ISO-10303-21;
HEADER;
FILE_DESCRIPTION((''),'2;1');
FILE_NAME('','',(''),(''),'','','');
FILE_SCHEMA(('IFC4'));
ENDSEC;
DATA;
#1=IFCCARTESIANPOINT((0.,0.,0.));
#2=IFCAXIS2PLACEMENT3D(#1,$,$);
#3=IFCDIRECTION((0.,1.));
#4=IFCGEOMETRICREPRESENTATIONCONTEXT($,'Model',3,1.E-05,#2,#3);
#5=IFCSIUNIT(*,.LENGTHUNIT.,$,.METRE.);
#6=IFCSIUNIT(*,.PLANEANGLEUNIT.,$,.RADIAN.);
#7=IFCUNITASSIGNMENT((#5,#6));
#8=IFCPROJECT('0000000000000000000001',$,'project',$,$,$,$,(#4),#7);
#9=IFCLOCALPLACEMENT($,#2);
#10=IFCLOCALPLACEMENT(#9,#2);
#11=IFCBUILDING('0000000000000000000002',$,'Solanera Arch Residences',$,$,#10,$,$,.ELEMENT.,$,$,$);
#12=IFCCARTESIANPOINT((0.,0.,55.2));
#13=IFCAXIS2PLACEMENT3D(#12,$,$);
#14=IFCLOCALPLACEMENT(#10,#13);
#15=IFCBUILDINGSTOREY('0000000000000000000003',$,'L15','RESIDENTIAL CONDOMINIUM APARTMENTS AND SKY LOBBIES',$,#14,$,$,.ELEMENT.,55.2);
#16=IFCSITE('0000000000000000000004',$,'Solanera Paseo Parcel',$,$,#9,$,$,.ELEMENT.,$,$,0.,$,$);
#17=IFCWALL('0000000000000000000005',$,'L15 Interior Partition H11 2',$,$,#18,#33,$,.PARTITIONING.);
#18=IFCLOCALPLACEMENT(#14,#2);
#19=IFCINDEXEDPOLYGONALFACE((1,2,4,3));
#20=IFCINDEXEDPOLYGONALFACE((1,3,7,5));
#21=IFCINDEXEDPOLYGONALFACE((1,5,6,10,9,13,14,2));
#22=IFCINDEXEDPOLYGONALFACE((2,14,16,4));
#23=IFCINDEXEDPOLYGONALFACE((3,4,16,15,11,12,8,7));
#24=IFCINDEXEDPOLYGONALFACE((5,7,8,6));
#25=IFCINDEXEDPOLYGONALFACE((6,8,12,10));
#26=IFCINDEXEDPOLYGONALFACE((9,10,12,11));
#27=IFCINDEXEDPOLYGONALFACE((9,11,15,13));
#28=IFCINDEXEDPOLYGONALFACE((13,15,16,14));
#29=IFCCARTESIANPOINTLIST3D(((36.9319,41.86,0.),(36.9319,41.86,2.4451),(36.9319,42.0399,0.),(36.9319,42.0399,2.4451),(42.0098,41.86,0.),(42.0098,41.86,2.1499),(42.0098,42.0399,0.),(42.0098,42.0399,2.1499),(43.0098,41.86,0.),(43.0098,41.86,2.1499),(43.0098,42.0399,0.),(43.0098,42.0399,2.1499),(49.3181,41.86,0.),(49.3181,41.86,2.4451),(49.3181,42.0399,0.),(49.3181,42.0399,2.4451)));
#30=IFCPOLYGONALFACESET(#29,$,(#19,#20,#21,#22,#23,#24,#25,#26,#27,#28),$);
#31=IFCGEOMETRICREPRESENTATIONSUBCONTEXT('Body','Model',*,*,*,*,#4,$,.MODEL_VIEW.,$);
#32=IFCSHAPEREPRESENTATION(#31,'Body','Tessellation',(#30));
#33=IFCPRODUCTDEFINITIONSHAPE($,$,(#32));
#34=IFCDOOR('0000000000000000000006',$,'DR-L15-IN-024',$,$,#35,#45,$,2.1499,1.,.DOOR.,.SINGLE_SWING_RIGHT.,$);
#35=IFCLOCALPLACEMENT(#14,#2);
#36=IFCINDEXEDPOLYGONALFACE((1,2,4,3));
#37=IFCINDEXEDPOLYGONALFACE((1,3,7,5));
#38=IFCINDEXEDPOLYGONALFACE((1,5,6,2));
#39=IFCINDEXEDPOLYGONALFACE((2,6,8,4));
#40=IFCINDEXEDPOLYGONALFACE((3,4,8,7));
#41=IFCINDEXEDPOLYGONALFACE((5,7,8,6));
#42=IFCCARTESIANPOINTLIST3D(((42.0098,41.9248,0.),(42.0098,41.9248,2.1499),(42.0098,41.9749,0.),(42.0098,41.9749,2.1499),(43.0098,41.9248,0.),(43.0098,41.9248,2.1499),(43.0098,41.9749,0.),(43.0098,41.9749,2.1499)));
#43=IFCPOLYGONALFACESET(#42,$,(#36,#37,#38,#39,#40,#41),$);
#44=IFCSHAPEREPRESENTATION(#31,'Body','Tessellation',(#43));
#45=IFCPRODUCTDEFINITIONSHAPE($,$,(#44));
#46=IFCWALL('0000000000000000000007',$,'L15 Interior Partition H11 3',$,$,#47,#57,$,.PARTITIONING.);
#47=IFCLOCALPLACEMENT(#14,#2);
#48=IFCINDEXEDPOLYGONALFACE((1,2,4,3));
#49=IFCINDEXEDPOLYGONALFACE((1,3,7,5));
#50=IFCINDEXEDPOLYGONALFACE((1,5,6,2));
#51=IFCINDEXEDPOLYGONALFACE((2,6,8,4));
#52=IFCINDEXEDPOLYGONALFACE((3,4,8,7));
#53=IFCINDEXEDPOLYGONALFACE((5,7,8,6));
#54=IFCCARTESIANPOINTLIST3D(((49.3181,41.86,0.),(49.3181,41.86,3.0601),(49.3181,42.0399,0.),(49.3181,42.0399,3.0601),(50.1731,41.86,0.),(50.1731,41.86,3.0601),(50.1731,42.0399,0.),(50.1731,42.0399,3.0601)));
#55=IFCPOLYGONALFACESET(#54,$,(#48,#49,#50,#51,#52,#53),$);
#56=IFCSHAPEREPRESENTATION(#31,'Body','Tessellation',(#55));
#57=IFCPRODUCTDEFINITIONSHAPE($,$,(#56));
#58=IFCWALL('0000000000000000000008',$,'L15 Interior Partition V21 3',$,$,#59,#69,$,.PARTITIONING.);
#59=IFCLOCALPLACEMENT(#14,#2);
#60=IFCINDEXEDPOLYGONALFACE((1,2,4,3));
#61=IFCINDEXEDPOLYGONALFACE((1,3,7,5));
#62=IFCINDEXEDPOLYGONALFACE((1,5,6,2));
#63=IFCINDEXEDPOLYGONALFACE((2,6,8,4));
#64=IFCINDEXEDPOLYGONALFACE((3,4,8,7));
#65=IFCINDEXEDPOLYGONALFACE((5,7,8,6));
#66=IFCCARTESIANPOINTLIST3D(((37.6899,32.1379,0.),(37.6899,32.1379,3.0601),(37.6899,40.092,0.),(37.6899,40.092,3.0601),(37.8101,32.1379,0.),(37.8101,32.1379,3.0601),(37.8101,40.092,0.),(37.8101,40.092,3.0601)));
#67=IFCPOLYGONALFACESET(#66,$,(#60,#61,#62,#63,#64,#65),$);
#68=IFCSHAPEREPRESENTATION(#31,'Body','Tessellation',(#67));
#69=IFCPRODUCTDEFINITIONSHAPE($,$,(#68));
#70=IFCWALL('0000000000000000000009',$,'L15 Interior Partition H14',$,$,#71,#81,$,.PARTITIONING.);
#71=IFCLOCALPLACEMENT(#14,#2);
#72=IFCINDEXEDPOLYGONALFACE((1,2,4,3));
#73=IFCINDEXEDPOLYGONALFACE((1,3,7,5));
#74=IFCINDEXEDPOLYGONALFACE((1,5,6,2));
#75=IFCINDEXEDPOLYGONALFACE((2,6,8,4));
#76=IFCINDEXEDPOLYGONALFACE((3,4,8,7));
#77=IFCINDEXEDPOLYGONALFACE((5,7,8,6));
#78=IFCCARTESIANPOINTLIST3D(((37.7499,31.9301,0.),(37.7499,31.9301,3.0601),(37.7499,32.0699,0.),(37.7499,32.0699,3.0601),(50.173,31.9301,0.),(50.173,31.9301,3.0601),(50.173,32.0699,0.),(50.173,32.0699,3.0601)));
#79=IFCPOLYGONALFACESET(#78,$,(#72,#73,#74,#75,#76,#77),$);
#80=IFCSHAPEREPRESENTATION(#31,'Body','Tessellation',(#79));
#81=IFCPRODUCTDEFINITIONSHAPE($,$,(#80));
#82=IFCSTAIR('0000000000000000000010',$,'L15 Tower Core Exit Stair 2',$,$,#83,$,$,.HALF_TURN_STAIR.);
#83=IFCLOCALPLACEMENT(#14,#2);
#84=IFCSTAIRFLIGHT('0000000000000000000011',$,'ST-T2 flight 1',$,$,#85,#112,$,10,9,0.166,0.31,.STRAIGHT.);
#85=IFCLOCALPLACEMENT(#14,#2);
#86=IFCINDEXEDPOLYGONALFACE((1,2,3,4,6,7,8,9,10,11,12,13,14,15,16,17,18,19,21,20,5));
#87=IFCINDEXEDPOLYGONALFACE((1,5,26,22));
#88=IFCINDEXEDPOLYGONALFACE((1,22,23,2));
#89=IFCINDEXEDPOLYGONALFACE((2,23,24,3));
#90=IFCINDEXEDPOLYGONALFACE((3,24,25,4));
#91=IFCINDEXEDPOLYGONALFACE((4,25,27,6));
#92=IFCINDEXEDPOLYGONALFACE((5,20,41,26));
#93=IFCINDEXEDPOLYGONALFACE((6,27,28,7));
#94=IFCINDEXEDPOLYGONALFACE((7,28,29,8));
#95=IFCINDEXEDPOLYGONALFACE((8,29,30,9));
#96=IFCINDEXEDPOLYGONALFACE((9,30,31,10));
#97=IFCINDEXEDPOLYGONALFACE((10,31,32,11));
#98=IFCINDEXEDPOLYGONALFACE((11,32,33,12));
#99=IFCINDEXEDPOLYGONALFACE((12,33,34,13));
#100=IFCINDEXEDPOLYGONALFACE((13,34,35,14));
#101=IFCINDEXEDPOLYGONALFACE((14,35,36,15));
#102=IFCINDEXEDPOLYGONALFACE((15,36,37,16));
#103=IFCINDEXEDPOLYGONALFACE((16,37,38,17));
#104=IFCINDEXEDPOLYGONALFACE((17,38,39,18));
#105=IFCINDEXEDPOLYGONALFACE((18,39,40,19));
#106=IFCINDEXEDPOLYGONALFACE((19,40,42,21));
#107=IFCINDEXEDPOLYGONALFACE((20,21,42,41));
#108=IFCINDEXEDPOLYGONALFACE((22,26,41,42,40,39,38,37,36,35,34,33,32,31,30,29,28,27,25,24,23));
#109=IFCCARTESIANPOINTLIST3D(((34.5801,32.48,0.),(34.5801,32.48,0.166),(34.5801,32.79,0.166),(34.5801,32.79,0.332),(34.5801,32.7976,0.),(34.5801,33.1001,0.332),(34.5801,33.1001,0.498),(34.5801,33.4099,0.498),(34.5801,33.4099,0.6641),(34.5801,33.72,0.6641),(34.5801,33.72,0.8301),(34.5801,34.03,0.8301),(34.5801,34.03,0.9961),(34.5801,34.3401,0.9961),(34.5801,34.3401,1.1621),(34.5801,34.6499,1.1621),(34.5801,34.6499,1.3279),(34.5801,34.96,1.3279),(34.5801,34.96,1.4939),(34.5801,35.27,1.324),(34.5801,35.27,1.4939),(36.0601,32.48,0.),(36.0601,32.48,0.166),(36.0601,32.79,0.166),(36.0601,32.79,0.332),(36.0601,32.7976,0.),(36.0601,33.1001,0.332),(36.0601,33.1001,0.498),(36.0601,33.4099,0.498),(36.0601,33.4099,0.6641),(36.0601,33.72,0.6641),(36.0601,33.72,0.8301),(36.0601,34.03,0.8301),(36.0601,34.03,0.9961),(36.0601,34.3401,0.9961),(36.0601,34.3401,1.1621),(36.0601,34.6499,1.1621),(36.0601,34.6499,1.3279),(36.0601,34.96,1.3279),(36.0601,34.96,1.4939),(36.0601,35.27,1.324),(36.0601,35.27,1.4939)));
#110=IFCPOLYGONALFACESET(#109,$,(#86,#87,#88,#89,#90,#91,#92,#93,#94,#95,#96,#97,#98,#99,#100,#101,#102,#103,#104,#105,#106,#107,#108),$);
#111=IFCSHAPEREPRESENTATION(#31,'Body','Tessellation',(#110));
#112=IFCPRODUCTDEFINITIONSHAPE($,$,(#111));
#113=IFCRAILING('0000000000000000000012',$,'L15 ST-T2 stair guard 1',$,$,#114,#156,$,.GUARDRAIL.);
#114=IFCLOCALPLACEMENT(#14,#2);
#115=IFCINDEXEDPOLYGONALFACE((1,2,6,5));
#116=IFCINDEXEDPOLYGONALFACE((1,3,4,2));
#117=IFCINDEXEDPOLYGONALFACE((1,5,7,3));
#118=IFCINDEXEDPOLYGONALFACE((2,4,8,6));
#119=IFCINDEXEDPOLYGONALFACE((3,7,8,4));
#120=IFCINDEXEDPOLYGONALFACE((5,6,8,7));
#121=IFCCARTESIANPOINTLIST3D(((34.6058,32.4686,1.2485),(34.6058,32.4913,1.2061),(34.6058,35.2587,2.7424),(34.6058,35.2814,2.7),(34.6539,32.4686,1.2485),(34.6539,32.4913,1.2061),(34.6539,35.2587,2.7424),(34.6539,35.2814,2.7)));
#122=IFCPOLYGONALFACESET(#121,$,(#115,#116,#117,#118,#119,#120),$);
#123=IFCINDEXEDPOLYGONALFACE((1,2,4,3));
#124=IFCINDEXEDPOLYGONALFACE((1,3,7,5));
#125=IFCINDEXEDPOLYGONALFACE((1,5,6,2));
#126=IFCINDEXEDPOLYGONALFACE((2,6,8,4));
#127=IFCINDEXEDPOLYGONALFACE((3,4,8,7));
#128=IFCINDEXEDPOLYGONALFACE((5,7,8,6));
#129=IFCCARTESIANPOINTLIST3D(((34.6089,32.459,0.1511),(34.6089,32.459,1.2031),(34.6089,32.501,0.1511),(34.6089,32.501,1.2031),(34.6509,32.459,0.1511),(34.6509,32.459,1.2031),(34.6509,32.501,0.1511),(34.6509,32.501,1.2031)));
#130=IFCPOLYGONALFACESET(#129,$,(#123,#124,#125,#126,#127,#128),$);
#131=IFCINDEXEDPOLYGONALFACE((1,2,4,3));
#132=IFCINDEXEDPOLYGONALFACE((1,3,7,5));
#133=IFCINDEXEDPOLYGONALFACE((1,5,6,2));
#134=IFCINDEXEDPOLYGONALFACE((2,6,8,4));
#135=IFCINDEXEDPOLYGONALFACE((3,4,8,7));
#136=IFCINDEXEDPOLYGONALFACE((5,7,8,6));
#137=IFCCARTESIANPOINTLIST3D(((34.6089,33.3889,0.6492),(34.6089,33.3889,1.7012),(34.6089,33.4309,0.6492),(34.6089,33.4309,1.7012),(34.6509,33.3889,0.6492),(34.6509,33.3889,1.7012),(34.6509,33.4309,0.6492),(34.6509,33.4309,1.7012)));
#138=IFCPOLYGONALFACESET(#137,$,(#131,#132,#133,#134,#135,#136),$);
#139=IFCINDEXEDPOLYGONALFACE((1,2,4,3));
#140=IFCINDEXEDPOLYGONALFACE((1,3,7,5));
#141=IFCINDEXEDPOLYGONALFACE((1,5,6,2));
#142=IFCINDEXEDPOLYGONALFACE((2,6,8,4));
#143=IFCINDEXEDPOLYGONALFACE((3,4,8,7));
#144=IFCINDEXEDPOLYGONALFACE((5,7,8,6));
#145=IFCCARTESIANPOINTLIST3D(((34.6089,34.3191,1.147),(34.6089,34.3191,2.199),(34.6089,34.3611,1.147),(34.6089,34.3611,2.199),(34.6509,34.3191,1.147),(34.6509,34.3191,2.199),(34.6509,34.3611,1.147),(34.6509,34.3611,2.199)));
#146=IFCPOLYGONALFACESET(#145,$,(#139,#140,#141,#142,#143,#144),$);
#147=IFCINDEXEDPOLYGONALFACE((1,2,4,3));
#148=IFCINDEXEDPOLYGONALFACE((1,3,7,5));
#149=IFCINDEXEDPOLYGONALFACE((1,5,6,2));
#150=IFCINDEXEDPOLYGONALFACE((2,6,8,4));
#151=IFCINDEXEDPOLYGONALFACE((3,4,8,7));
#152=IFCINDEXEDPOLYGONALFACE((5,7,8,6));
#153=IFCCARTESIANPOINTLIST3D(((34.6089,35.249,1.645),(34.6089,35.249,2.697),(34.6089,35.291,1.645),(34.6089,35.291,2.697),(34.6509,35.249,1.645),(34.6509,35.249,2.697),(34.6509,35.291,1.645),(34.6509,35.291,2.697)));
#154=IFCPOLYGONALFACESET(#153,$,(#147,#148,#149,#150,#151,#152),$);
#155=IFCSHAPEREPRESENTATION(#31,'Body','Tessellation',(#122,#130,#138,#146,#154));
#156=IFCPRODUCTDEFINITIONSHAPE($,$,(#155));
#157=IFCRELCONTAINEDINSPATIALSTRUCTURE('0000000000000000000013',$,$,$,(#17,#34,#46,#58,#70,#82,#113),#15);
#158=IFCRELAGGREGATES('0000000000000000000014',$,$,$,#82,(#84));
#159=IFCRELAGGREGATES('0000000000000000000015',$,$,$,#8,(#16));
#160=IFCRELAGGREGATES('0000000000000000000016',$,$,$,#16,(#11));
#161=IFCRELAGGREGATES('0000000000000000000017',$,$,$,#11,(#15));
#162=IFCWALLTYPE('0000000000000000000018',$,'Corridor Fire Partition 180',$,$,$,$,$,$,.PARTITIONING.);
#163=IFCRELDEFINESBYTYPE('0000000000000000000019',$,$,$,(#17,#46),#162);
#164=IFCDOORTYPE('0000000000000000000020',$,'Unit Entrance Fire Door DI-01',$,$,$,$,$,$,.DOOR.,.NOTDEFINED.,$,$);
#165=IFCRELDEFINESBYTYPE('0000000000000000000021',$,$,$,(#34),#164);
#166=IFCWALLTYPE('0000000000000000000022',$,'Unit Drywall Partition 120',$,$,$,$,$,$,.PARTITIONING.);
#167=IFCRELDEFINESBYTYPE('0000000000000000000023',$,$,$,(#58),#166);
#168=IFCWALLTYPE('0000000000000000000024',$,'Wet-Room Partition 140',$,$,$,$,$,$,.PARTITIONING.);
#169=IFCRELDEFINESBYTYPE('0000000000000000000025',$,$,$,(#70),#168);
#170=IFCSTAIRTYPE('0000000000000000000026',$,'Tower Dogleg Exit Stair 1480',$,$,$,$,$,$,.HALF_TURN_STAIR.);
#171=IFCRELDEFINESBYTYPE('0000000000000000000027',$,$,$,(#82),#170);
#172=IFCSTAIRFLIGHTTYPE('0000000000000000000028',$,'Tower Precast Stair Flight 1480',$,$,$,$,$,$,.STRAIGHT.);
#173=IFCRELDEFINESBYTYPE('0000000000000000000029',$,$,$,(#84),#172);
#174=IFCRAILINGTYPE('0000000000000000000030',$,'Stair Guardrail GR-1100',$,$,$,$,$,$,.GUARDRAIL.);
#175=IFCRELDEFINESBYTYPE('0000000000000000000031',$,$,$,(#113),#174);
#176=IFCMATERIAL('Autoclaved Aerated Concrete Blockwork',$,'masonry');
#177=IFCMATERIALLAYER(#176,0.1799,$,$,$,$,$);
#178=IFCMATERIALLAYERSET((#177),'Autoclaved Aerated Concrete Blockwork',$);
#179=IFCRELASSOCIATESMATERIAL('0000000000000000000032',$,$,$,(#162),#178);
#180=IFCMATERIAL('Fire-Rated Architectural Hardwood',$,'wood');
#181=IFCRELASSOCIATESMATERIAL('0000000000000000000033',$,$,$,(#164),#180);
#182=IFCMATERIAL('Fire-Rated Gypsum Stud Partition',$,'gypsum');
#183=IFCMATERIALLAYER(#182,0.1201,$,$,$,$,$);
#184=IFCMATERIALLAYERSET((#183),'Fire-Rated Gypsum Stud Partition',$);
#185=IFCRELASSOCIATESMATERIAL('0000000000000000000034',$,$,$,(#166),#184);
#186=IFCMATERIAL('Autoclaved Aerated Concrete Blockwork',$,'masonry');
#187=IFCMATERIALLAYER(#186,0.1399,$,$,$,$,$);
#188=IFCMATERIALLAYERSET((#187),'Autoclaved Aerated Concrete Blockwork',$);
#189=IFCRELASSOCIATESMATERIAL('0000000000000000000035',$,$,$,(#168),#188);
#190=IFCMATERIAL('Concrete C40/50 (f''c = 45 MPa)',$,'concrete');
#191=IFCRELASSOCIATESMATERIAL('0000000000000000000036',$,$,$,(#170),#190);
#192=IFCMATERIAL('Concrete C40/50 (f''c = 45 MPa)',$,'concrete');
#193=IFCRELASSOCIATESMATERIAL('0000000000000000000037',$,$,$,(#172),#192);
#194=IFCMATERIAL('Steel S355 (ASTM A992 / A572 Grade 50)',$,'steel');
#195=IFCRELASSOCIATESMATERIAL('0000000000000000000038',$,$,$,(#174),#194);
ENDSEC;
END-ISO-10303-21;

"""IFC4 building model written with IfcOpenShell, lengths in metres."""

from ifc_helpers import new_model, si_unit, direction, frame, frame_2d, origin, origin_2d, place, context, subcontext, project, spatial, polyline, rectangle, outline, extrude, material, layer, layer_set, type_object, element, fill, aggregate, save


model = new_model("IFC4")

# Units and contexts
model_context = context("Model", 3, precision=1e-05, world=origin(), true_north=direction((0.0, 1.0)))
body_context = subcontext(model_context, "Body", "Model", "MODEL_VIEW")
ifc_project = project(units=[si_unit("LENGTHUNIT", "METRE"), si_unit("PLANEANGLEUNIT", "RADIAN")], contexts=[model_context])

# Site, building, storey
site_placement = place(None, origin())
site = spatial("IfcSite", under=ifc_project, at=site_placement, Name="Solanera Paseo Parcel", CompositionType="ELEMENT", RefElevation=0.0)
building_placement = place(site_placement, origin())
building = spatial("IfcBuilding", under=site, at=building_placement, Name="Solanera Arch Residences", CompositionType="ELEMENT")
storey_placement = place(building_placement, frame((0.0, 0.0, 55.2)))
storey = spatial("IfcBuildingStorey", under=building, at=storey_placement, Name="L15", Description="RESIDENTIAL CONDOMINIUM APARTMENTS AND SKY LOBBIES", CompositionType="ELEMENT", Elevation=55.2)

# Shared definitions
ifc_material_1 = material(Name="Autoclaved Aerated Concrete Blockwork", Category="masonry")
ifc_layer_1 = layer(ifc_material_1, 0.1799)
ifc_layer_set_1 = layer_set([ifc_layer_1], Name="Autoclaved Aerated Concrete Blockwork")
wall_type_1 = type_object("IfcWallType", Name="Corridor Fire Partition 180", PredefinedType="PARTITIONING", material=ifc_layer_set_1)

# Wall, opening, door
wall_1_placement = place(storey_placement, frame((36.9319, 41.95, 0.0), z_axis=(0.0, 0.0, 1.0), x_axis=(1.0, 0.0, 0.0)))
wall_1 = element("IfcWall", 1, at=wall_1_placement, inside=storey, type_object=wall_type_1, Name="L15 Interior Partition H11 2", PredefinedType="PARTITIONING", context=body_context, shape_type="SweptSolid", body=[
    extrude(rectangle(XDim=12.3862, YDim=0.1799, at=frame_2d((6.1931, 0.0))), origin(), (0.0, 0.0, 1.0), 2.4451),
])
opening_1_placement = place(wall_1_placement, frame((5.0779, 0.0, 0.0)))
opening_1 = element("IfcOpeningElement", 2, at=opening_1_placement, cuts=wall_1, PredefinedType="OPENING", context=body_context, shape_type="SweptSolid", body=[
    extrude(rectangle(XDim=1.0, YDim=2.1499, at=frame_2d((0.5, 1.075))), frame((0.0, 0.1001, 0.0), z_axis=(0.0, -1.0, 0.0), x_axis=(1.0, 0.0, 0.0)), (0.0, 0.0, 1.0), 0.1999),
])
ifc_material_2 = material(Name="Fire-Rated Architectural Hardwood", Category="wood")
door_type_1 = type_object("IfcDoorType", Name="Unit Entrance Fire Door DI-01", OperationType="NOTDEFINED", PredefinedType="DOOR", material=ifc_material_2)
door_1_placement = place(opening_1_placement, origin())
door_1 = element("IfcDoor", 3, at=door_1_placement, inside=storey, type_object=door_type_1, Name="DR-L15-IN-024", OperationType="SINGLE_SWING_RIGHT", OverallHeight=2.1499, OverallWidth=1.0, PredefinedType="DOOR", context=body_context, shape_type="SweptSolid", body=[
    extrude(rectangle(XDim=1.0, YDim=2.1499, at=frame_2d((0.5, 1.075))), frame((0.0, 0.0249, 0.0), z_axis=(0.0, -1.0, 0.0), x_axis=(1.0, 0.0, 0.0)), (0.0, 0.0, 1.0), 0.05),
])
fill(opening_1, door_1)

# Walls
wall_2_placement = place(storey_placement, frame((49.3181, 41.95, 0.0), z_axis=(0.0, 0.0, 1.0), x_axis=(1.0, 0.0, 0.0)))
element("IfcWall", 4, at=wall_2_placement, inside=storey, type_object=wall_type_1, Name="L15 Interior Partition H11 3", PredefinedType="PARTITIONING", context=body_context, shape_type="SweptSolid", body=[
    extrude(rectangle(XDim=0.855, YDim=0.1799, at=frame_2d((0.4275, 0.0))), origin(), (0.0, 0.0, 1.0), 3.0601),
])
ifc_material_3 = material(Name="Fire-Rated Gypsum Stud Partition", Category="gypsum")
ifc_layer_2 = layer(ifc_material_3, 0.1201)
ifc_layer_set_2 = layer_set([ifc_layer_2], Name="Fire-Rated Gypsum Stud Partition")
wall_type_2 = type_object("IfcWallType", Name="Unit Drywall Partition 120", PredefinedType="PARTITIONING", material=ifc_layer_set_2)
wall_3_placement = place(storey_placement, frame((37.75, 32.1379, 0.0), z_axis=(0.0, 0.0, 1.0), x_axis=(0.0, 1.0, 0.0)))
element("IfcWall", 5, at=wall_3_placement, inside=storey, type_object=wall_type_2, Name="L15 Interior Partition V21 3", PredefinedType="PARTITIONING", context=body_context, shape_type="SweptSolid", body=[
    extrude(rectangle(XDim=7.9541, YDim=0.1201, at=frame_2d((3.9771, 0.0))), origin(), (0.0, 0.0, 1.0), 3.0601),
])
ifc_material_4 = material(Name="Autoclaved Aerated Concrete Blockwork", Category="masonry")
ifc_layer_3 = layer(ifc_material_4, 0.1399)
ifc_layer_set_3 = layer_set([ifc_layer_3], Name="Autoclaved Aerated Concrete Blockwork")
wall_type_3 = type_object("IfcWallType", Name="Wet-Room Partition 140", PredefinedType="PARTITIONING", material=ifc_layer_set_3)
wall_4_placement = place(storey_placement, frame((37.75, 32.0, 0.0), z_axis=(0.0, 0.0, 1.0), x_axis=(1.0, 0.0, 0.0)))
element("IfcWall", 6, at=wall_4_placement, inside=storey, type_object=wall_type_3, Name="L15 Interior Partition H14", PredefinedType="PARTITIONING", context=body_context, shape_type="SweptSolid", body=[
    extrude(rectangle(XDim=12.4231, YDim=0.1399, at=frame_2d((6.2114, 0.0))), origin(), (0.0, 0.0, 1.0), 3.0601),
])

# Stair, stair flight
ifc_material_5 = material(Name="Concrete C40/50 (f'c = 45 MPa)", Category="concrete")
stair_type = type_object("IfcStairType", Name="Tower Dogleg Exit Stair 1480", PredefinedType="HALF_TURN_STAIR", material=ifc_material_5)
stair_placement = place(storey_placement, origin())
stair = element("IfcStair", 7, at=stair_placement, inside=storey, type_object=stair_type, Name="L15 Tower Core Exit Stair 2", PredefinedType="HALF_TURN_STAIR")
ifc_material_6 = material(Name="Concrete C40/50 (f'c = 45 MPa)", Category="concrete")
stair_flight_type = type_object("IfcStairFlightType", Name="Tower Precast Stair Flight 1480", PredefinedType="STRAIGHT", material=ifc_material_6)
stair_flight_placement = place(storey_placement, frame((35.3201, 32.48, 0.0), z_axis=(0.0, 0.0, 1.0), x_axis=(0.0, 1.0, 0.0)))
stair_flight = element("IfcStairFlight", 8, at=stair_flight_placement, type_object=stair_flight_type, Name="ST-T2 flight 1", NumberOfRisers=10, NumberOfTreads=9, PredefinedType="STRAIGHT", RiserHeight=0.166, TreadLength=0.31, context=body_context, shape_type="SweptSolid", body=[
    extrude(outline(polyline([(0.0, 0.0), (0.0, 0.166), (0.3101, 0.166), (0.3101, 0.332), (0.6201, 0.332), (0.6201, 0.498), (0.9299, 0.498), (0.9299, 0.6641), (1.24, 0.6641), (1.24, 0.8301), (1.55, 0.8301), (1.55, 0.9961), (1.8601, 0.9961), (1.8601, 1.1621), (2.1699, 1.1621), (2.1699, 1.3279), (2.48, 1.3279), (2.48, 1.4939), (2.79, 1.4939), (2.79, 1.6599), (2.79, 1.324), (0.3176, 0.0), (0.0, 0.0)])), frame((0.0, 0.74, 0.0), z_axis=(0.0, -1.0, 0.0), x_axis=(1.0, 0.0, 0.0)), (0.0, 0.0, 1.0), 1.48),
])
aggregate(stair, [stair_flight])

# Railing
ifc_material_7 = material(Name="Steel S355 (ASTM A992 / A572 Grade 50)", Category="steel")
railing_type_1 = type_object("IfcRailingType", Name="Stair Guardrail GR-1100", PredefinedType="GUARDRAIL", material=ifc_material_7)
railing_1_placement = place(storey_placement, frame((34.6299, 32.48, 0.1511)))
element("IfcRailing", 9, at=railing_1_placement, inside=storey, type_object=railing_type_1, Name="L15 ST-T2 stair guard 1", PredefinedType="GUARDRAIL", context=body_context, shape_type="SweptSolid", body=[
    extrude(rectangle(XDim=0.0481, YDim=0.0481, at=origin_2d()), frame((0.0, 0.0, 1.0762), z_axis=(0.0, 0.881581, 0.472033), x_axis=(-1.0, 0.0, 0.0)), (0.0, 0.0, 1.0), 3.1648),
    extrude(rectangle(XDim=0.042, YDim=0.042, at=origin_2d()), origin(), (0.0, 0.0, 1.0), 1.052),
    extrude(rectangle(XDim=0.042, YDim=0.042, at=origin_2d()), frame((0.0, 0.9299, 0.498)), (0.0, 0.0, 1.0), 1.052),
    extrude(rectangle(XDim=0.042, YDim=0.042, at=origin_2d()), frame((0.0, 1.8601, 0.9958)), (0.0, 0.0, 1.0), 1.052),
    extrude(rectangle(XDim=0.042, YDim=0.042, at=origin_2d()), frame((0.0, 2.79, 1.4939)), (0.0, 0.0, 1.0), 1.052),
])

save(model, "model.ifc")
